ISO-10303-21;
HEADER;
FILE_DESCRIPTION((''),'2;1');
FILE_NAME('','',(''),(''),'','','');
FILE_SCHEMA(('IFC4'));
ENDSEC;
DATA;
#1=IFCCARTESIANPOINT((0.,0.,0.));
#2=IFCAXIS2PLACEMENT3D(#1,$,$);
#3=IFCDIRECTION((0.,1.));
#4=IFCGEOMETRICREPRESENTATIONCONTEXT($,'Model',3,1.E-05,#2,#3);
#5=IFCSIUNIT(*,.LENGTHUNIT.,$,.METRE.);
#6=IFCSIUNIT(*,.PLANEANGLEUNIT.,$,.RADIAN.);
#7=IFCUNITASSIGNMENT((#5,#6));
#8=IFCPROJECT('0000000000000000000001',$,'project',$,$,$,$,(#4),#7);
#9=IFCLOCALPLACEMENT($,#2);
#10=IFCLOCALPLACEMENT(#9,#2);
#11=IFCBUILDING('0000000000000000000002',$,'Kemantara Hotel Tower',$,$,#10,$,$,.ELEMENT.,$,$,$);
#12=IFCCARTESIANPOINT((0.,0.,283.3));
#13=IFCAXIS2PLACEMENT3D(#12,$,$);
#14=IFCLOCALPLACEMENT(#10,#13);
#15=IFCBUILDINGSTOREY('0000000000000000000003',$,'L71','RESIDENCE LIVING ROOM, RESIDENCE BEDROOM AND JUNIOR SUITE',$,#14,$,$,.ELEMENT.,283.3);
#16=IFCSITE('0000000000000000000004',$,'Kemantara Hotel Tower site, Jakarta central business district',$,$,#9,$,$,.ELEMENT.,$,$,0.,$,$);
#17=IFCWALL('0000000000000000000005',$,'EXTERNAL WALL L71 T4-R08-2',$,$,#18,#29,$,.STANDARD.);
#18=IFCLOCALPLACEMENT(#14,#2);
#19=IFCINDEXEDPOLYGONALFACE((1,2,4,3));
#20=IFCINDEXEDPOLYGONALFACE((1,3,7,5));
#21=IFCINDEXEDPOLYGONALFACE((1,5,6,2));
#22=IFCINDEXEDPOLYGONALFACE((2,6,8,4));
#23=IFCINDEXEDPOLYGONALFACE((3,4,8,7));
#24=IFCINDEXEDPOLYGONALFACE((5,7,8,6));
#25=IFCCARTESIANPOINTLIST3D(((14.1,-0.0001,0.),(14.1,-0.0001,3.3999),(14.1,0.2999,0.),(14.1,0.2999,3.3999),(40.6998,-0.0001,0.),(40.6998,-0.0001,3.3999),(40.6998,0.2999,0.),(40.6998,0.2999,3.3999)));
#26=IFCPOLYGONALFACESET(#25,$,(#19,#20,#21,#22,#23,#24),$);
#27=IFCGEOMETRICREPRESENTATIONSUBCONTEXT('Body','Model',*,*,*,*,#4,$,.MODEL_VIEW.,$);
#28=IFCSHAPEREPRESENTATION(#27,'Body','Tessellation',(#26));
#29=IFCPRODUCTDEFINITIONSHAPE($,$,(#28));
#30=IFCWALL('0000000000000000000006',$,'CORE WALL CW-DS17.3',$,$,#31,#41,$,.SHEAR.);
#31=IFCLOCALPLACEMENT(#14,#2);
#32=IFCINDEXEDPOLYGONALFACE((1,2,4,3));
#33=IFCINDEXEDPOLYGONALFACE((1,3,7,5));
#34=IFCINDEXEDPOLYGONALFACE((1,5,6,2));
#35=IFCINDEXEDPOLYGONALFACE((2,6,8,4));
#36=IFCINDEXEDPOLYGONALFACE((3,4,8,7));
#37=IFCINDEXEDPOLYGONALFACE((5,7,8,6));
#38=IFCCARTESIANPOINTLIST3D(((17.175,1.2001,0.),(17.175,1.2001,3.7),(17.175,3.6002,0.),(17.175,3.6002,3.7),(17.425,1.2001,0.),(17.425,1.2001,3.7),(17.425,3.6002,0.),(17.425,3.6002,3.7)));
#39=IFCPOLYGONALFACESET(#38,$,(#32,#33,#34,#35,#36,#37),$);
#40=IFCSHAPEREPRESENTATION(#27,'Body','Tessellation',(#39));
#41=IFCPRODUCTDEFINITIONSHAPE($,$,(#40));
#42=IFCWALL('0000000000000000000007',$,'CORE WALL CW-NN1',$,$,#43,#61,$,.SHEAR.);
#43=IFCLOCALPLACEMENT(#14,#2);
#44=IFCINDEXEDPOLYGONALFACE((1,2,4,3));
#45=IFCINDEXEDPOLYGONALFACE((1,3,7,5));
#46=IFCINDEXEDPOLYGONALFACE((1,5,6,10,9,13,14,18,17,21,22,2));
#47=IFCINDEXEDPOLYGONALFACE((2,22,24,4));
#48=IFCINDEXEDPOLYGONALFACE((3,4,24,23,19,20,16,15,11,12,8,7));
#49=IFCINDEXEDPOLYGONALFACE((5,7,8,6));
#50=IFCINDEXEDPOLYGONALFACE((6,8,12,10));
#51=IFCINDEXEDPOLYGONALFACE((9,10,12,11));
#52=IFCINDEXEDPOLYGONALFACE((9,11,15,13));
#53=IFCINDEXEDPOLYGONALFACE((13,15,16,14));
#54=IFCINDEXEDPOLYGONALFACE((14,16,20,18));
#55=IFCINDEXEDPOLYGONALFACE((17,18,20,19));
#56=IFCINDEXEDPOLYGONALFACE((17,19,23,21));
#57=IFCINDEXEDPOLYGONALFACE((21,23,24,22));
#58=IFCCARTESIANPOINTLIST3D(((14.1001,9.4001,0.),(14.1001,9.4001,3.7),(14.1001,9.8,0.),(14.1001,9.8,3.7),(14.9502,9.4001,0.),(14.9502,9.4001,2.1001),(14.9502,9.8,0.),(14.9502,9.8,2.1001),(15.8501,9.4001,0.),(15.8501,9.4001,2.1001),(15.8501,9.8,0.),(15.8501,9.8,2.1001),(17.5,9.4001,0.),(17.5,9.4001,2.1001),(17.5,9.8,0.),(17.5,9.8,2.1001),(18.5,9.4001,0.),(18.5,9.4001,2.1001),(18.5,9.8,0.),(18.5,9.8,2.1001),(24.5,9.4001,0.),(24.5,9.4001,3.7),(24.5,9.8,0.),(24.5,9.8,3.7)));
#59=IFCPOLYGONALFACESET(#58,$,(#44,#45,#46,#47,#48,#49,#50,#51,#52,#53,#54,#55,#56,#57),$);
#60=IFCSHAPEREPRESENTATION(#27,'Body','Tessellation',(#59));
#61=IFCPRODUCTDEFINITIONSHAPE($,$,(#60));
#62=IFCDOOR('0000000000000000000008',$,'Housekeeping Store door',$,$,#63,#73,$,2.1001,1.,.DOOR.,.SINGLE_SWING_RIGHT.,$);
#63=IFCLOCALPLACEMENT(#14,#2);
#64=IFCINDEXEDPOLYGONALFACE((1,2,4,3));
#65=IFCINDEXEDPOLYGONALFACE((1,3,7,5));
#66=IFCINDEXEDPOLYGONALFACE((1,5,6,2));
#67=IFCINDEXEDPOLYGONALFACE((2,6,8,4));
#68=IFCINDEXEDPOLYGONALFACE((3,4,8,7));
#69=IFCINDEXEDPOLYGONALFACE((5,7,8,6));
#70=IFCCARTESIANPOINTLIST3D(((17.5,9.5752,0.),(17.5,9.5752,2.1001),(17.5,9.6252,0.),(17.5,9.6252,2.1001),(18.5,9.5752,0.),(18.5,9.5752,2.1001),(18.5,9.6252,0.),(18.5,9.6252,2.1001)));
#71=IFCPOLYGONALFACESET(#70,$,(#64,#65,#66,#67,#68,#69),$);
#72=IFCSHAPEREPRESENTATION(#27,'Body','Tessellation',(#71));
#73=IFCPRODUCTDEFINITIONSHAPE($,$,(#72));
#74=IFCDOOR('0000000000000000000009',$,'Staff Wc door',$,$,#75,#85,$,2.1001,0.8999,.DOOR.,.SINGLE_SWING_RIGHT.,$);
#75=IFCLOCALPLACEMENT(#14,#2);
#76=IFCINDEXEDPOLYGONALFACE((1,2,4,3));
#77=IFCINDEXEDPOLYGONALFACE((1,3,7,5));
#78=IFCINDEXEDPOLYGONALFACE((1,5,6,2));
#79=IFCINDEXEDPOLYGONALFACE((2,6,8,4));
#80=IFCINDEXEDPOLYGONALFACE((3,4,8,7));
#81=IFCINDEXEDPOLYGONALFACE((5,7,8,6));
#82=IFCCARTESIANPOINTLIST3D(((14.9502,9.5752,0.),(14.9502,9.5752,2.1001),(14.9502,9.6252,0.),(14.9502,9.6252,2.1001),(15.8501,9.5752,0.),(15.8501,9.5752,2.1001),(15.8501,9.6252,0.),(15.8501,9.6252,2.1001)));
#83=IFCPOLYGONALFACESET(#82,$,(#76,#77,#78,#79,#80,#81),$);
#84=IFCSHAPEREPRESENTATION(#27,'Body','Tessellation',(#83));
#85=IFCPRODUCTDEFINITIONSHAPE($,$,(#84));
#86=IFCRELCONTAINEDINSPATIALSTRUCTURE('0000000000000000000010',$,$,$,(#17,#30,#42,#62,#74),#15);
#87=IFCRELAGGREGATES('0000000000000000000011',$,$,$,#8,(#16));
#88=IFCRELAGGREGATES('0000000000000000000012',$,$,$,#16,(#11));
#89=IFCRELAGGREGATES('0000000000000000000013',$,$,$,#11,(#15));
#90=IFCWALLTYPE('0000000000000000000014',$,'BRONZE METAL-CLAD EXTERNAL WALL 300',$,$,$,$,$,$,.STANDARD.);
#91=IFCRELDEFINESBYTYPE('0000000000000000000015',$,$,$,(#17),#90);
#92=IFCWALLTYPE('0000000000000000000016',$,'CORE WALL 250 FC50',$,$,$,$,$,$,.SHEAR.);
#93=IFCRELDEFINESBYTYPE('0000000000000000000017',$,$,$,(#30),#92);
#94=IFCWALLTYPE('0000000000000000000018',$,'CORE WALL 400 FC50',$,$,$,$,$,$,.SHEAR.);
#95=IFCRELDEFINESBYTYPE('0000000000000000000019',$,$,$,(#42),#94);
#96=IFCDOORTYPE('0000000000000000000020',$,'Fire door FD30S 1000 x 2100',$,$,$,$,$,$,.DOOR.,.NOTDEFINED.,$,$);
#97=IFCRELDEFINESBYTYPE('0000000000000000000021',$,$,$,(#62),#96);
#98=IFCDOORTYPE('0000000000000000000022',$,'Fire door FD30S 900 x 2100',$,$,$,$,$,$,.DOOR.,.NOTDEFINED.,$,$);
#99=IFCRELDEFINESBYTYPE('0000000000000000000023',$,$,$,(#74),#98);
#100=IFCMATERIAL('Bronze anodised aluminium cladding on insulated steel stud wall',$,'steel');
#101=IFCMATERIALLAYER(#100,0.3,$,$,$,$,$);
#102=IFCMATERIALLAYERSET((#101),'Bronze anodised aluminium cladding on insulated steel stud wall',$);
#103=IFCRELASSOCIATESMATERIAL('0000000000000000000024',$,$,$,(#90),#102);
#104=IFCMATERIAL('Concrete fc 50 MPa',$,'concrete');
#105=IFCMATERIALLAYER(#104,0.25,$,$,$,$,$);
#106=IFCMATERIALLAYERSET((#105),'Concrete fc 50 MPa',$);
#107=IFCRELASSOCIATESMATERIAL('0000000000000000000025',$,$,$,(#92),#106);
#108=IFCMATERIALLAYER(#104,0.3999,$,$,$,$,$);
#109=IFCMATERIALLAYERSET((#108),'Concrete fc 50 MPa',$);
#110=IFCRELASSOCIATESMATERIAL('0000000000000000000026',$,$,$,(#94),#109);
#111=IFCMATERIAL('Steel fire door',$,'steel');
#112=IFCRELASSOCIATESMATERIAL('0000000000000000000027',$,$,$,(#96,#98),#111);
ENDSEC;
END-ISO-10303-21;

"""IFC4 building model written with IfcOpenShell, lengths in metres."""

from ifc_helpers import new_model, si_unit, direction, frame, frame_2d, origin, place, context, subcontext, project, spatial, rectangle, extrude, material, layer, layer_set, type_object, element, fill, save


model = new_model("IFC4")

# Units and contexts
model_context = context("Model", 3, precision=1e-05, world=origin(), true_north=direction((0.0, 1.0)))
body_context = subcontext(model_context, "Body", "Model", "MODEL_VIEW")
ifc_project = project(units=[si_unit("LENGTHUNIT", "METRE"), si_unit("PLANEANGLEUNIT", "RADIAN")], contexts=[model_context])

# Site, building, storey
site_placement = place(None, origin())
site = spatial("IfcSite", under=ifc_project, at=site_placement, Name="Kemantara Hotel Tower site, Jakarta central business district", CompositionType="ELEMENT", RefElevation=0.0)
building_placement = place(site_placement, origin())
building = spatial("IfcBuilding", under=site, at=building_placement, Name="Kemantara Hotel Tower", CompositionType="ELEMENT")
storey_placement = place(building_placement, frame((0.0, 0.0, 283.3)))
storey = spatial("IfcBuildingStorey", under=building, at=storey_placement, Name="L71", Description="RESIDENCE LIVING ROOM, RESIDENCE BEDROOM AND JUNIOR SUITE", CompositionType="ELEMENT", Elevation=283.3)

# Walls
ifc_material_1 = material(Name="Bronze anodised aluminium cladding on insulated steel stud wall", Category="steel")
ifc_layer_1 = layer(ifc_material_1, 0.3)
ifc_layer_set_1 = layer_set([ifc_layer_1], Name="Bronze anodised aluminium cladding on insulated steel stud wall")
wall_type_1 = type_object("IfcWallType", Name="BRONZE METAL-CLAD EXTERNAL WALL 300", PredefinedType="STANDARD", material=ifc_layer_set_1)
wall_1_placement = place(storey_placement, frame((14.1001, 0.1499, 0.0), z_axis=(0.0, 0.0, 1.0), x_axis=(1.0, 0.0, 0.0)))
element("IfcWall", 1, at=wall_1_placement, inside=storey, type_object=wall_type_1, Name="EXTERNAL WALL L71 T4-R08-2", PredefinedType="STANDARD", context=body_context, shape_type="SweptSolid", body=[
    extrude(rectangle(XDim=26.5999, YDim=0.3, at=frame_2d((13.2998, 0.0))), origin(), (0.0, 0.0, 1.0), 3.3999),
])
ifc_material_2 = material(Name="Concrete fc 50 MPa", Category="concrete")
ifc_layer_2 = layer(ifc_material_2, 0.25)
ifc_layer_set_2 = layer_set([ifc_layer_2], Name="Concrete fc 50 MPa")
wall_type_2 = type_object("IfcWallType", Name="CORE WALL 250 FC50", PredefinedType="SHEAR", material=ifc_layer_set_2)
wall_2_placement = place(storey_placement, frame((17.3, 1.2, 0.0), z_axis=(0.0, 0.0, 1.0), x_axis=(0.0, 1.0, 0.0)))
element("IfcWall", 2, at=wall_2_placement, inside=storey, type_object=wall_type_2, Name="CORE WALL CW-DS17.3", PredefinedType="SHEAR", context=body_context, shape_type="SweptSolid", body=[
    extrude(rectangle(XDim=2.4001, YDim=0.25, at=frame_2d((1.2002, 0.0))), origin(), (0.0, 0.0, 1.0), 3.7),
])

# Wall, openings, doors
ifc_layer_3 = layer(ifc_material_2, 0.3999)
ifc_layer_set_3 = layer_set([ifc_layer_3], Name="Concrete fc 50 MPa")
wall_type_3 = type_object("IfcWallType", Name="CORE WALL 400 FC50", PredefinedType="SHEAR", material=ifc_layer_set_3)
wall_3_placement = place(storey_placement, frame((14.1001, 9.6001, 0.0), z_axis=(0.0, 0.0, 1.0), x_axis=(1.0, 0.0, 0.0)))
wall_3 = element("IfcWall", 3, at=wall_3_placement, inside=storey, type_object=wall_type_3, Name="CORE WALL CW-NN1", PredefinedType="SHEAR", context=body_context, shape_type="SweptSolid", body=[
    extrude(rectangle(XDim=10.3999, YDim=0.3999, at=frame_2d((5.2, 0.0))), origin(), (0.0, 0.0, 1.0), 3.7),
])
opening_1_placement = place(wall_3_placement, frame((0.8501, 0.0, 0.0)))
opening_1 = element("IfcOpeningElement", 4, at=opening_1_placement, cuts=wall_3, PredefinedType="OPENING", context=body_context, shape_type="SweptSolid", body=[
    extrude(rectangle(XDim=0.8999, YDim=2.1001, at=frame_2d((0.45, 1.05))), frame((0.0, 0.21, 0.0), z_axis=(0.0, -1.0, 0.0), x_axis=(1.0, 0.0, 0.0)), (0.0, 0.0, 1.0), 0.4199),
])
opening_2_placement = place(wall_3_placement, frame((3.3999, 0.0, 0.0)))
opening_2 = element("IfcOpeningElement", 5, at=opening_2_placement, cuts=wall_3, PredefinedType="OPENING", context=body_context, shape_type="SweptSolid", body=[
    extrude(rectangle(XDim=1.0, YDim=2.1001, at=frame_2d((0.5, 1.05))), frame((0.0, 0.21, 0.0), z_axis=(0.0, -1.0, 0.0), x_axis=(1.0, 0.0, 0.0)), (0.0, 0.0, 1.0), 0.4199),
])
ifc_material_3 = material(Name="Steel fire door", Category="steel")
door_type_1 = type_object("IfcDoorType", Name="Fire door FD30S 1000 x 2100", OperationType="NOTDEFINED", PredefinedType="DOOR", material=ifc_material_3)
door_1_placement = place(opening_2_placement, frame((1.0, 0.0, 0.0), z_axis=(0.0, 0.0, 1.0), x_axis=(-1.0, 0.0, 0.0)))
door_1 = element("IfcDoor", 6, at=door_1_placement, inside=storey, type_object=door_type_1, Name="Housekeeping Store door", OperationType="SINGLE_SWING_RIGHT", OverallHeight=2.1001, OverallWidth=1.0, PredefinedType="DOOR", context=body_context, shape_type="SweptSolid", body=[
    extrude(rectangle(XDim=1.0, YDim=2.1001, at=frame_2d((0.5, 1.05))), frame((0.0, 0.0249, 0.0), z_axis=(0.0, -1.0, 0.0), x_axis=(1.0, 0.0, 0.0)), (0.0, 0.0, 1.0), 0.05),
])
fill(opening_2, door_1)
door_type_2 = type_object("IfcDoorType", Name="Fire door FD30S 900 x 2100", OperationType="NOTDEFINED", PredefinedType="DOOR", material=ifc_material_3)
door_2_placement = place(opening_1_placement, frame((0.8999, 0.0, 0.0), z_axis=(0.0, 0.0, 1.0), x_axis=(-1.0, 0.0, 0.0)))
door_2 = element("IfcDoor", 7, at=door_2_placement, inside=storey, type_object=door_type_2, Name="Staff Wc door", OperationType="SINGLE_SWING_RIGHT", OverallHeight=2.1001, OverallWidth=0.8999, PredefinedType="DOOR", context=body_context, shape_type="SweptSolid", body=[
    extrude(rectangle(XDim=0.8999, YDim=2.1001, at=frame_2d((0.45, 1.05))), frame((0.0, 0.0249, 0.0), z_axis=(0.0, -1.0, 0.0), x_axis=(1.0, 0.0, 0.0)), (0.0, 0.0, 1.0), 0.05),
])
fill(opening_1, door_2)

save(model, "model.ifc")
